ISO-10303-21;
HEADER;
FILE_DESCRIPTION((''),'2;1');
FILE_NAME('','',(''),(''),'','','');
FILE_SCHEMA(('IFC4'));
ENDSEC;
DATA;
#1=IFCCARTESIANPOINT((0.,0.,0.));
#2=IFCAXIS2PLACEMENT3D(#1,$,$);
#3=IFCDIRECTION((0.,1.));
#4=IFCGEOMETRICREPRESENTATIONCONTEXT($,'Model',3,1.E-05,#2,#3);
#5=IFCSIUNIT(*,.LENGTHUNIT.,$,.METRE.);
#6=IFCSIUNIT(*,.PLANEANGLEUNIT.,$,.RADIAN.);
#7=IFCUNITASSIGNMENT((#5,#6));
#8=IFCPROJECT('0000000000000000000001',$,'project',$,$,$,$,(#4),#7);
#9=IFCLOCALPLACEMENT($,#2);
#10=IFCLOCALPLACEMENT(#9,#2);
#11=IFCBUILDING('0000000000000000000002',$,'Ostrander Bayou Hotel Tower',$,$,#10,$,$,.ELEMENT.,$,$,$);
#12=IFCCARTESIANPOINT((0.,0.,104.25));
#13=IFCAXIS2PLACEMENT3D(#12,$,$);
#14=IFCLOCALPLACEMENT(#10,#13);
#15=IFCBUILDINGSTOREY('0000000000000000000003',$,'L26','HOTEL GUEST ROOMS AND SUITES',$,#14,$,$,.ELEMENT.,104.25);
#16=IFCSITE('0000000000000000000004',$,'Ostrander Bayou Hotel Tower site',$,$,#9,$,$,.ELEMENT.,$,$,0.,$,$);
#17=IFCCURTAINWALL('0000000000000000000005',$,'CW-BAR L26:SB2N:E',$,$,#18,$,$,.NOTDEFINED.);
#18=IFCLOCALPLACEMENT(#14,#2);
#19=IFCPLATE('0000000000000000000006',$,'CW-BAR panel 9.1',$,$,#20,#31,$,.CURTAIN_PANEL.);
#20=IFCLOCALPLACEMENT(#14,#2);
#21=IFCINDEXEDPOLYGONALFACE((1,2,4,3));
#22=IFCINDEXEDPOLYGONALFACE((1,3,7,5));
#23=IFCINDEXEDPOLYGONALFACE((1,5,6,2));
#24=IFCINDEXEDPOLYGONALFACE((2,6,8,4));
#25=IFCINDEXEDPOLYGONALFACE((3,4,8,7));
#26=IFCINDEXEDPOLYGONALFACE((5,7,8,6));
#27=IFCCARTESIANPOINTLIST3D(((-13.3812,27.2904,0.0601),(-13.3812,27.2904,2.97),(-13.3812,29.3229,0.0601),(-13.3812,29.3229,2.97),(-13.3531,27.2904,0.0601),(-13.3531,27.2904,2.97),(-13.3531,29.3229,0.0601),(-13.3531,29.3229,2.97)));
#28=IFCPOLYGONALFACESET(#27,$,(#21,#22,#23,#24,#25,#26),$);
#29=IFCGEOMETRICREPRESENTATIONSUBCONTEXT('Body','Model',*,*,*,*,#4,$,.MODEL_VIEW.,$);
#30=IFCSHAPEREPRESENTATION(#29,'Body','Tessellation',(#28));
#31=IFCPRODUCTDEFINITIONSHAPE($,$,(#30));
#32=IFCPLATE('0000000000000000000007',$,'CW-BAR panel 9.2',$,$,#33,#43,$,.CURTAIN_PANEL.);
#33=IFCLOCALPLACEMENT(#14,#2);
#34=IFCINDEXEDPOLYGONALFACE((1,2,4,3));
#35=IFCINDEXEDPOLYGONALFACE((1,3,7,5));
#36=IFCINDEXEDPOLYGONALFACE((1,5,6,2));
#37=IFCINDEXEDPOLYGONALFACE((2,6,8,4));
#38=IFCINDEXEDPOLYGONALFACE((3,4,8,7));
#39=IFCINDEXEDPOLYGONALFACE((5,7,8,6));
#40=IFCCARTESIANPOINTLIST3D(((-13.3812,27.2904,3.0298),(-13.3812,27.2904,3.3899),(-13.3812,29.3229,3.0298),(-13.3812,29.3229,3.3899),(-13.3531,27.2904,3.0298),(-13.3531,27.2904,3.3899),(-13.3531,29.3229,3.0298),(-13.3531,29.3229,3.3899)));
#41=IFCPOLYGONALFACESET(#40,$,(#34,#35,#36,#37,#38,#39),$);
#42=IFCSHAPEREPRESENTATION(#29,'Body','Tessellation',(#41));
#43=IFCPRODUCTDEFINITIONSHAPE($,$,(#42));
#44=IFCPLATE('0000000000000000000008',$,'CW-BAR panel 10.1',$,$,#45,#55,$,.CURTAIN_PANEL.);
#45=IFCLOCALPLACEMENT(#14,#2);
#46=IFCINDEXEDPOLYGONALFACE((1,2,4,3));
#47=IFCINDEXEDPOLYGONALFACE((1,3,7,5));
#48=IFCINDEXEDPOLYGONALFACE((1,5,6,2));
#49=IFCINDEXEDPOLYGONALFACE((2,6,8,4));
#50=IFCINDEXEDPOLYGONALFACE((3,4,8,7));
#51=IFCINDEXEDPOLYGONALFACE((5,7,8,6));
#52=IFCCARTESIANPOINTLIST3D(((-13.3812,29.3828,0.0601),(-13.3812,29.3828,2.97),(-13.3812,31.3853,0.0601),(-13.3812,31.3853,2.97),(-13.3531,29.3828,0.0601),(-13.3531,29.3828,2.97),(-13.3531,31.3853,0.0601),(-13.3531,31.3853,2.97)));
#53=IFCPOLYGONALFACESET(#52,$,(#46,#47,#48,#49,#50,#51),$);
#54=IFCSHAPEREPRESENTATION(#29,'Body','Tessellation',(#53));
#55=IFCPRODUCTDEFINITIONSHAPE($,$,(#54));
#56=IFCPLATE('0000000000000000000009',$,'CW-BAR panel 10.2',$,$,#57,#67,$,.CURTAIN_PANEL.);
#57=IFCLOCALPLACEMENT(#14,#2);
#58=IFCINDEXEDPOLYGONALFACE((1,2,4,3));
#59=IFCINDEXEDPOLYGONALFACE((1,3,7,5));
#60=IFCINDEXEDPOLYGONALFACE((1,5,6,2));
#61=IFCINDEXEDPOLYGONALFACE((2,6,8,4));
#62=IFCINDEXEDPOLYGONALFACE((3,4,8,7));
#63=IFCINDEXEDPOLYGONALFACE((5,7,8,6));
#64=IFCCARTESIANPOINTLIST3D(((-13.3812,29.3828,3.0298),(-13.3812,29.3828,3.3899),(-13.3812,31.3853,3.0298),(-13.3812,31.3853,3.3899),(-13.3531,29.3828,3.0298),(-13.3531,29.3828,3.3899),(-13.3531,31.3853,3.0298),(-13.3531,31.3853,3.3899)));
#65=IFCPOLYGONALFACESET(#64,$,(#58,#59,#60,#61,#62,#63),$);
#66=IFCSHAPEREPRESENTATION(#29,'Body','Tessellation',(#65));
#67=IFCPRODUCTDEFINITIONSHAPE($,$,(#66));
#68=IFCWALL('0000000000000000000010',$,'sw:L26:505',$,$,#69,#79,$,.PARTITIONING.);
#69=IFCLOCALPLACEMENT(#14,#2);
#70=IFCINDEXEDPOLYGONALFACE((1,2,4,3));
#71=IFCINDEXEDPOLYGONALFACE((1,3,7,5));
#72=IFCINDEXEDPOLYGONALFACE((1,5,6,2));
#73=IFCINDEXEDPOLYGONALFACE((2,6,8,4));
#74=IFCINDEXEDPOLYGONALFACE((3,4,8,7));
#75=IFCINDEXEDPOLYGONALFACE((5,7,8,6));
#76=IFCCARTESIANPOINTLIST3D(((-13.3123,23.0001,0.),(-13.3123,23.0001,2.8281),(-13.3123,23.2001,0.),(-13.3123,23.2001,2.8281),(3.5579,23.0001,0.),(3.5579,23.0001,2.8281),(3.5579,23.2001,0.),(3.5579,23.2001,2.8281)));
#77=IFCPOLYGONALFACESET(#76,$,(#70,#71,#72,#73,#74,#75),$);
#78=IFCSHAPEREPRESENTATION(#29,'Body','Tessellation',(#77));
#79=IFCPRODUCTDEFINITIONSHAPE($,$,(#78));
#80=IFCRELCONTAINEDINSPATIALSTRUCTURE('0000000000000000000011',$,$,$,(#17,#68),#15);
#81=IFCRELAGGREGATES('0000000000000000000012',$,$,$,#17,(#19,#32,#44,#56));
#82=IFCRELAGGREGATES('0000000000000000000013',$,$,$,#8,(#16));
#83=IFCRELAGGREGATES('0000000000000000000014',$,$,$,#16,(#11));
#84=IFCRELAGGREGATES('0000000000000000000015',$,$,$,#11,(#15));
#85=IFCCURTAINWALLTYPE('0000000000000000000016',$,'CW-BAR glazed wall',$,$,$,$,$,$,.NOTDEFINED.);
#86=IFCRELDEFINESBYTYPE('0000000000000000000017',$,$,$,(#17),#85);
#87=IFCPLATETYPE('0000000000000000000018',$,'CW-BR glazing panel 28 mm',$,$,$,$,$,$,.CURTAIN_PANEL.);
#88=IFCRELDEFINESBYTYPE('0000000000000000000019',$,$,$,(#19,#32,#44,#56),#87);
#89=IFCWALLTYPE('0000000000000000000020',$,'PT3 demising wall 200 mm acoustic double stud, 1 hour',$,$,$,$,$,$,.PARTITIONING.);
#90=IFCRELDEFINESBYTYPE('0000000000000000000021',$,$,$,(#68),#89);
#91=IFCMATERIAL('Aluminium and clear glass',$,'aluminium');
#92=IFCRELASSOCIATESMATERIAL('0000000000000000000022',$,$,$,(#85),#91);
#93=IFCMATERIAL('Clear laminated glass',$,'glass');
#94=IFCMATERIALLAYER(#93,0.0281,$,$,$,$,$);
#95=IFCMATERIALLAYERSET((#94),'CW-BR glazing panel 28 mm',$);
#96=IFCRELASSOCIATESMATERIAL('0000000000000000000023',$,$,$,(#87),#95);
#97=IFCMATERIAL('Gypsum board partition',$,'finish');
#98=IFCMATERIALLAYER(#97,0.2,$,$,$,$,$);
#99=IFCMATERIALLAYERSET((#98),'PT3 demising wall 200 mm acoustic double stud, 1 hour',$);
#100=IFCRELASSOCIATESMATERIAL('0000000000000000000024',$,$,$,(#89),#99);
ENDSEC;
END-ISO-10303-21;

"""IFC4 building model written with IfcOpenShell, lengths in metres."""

from ifc_helpers import new_model, si_unit, direction, frame, frame_2d, origin, origin_2d, place, context, subcontext, project, spatial, rectangle, extrude, material, layer, layer_set, type_object, element, aggregate, save


model = new_model("IFC4")

# Units and contexts
model_context = context("Model", 3, precision=1e-05, world=origin(), true_north=direction((0.0, 1.0)))
body_context = subcontext(model_context, "Body", "Model", "MODEL_VIEW")
ifc_project = project(units=[si_unit("LENGTHUNIT", "METRE"), si_unit("PLANEANGLEUNIT", "RADIAN")], contexts=[model_context])

# Site, building, storey
site_placement = place(None, origin())
site = spatial("IfcSite", under=ifc_project, at=site_placement, Name="Ostrander Bayou Hotel Tower site", CompositionType="ELEMENT", RefElevation=0.0)
building_placement = place(site_placement, origin())
building = spatial("IfcBuilding", under=site, at=building_placement, Name="Ostrander Bayou Hotel Tower", CompositionType="ELEMENT")
storey_placement = place(building_placement, frame((0.0, 0.0, 104.25)))
storey = spatial("IfcBuildingStorey", under=building, at=storey_placement, Name="L26", Description="HOTEL GUEST ROOMS AND SUITES", CompositionType="ELEMENT", Elevation=104.25)

# Curtain wall
ifc_material_1 = material(Name="Aluminium and clear glass", Category="aluminium")
curtain_wall_type = type_object("IfcCurtainWallType", Name="CW-BAR glazed wall", PredefinedType="NOTDEFINED", material=ifc_material_1)
curtain_wall_1_placement = place(storey_placement, origin())
curtain_wall_1 = element("IfcCurtainWall", 1, at=curtain_wall_1_placement, inside=storey, type_object=curtain_wall_type, Name="CW-BAR L26:SB2N:E", PredefinedType="NOTDEFINED")

# Plates
ifc_material_2 = material(Name="Clear laminated glass", Category="glass")
ifc_layer_1 = layer(ifc_material_2, 0.0281)
ifc_layer_set_1 = layer_set([ifc_layer_1], Name="CW-BR glazing panel 28 mm")
plate_type = type_object("IfcPlateType", Name="CW-BR glazing panel 28 mm", PredefinedType="CURTAIN_PANEL", material=ifc_layer_set_1)
plate_1_placement = place(storey_placement, frame((-13.3672, 28.3066, 0.0601), z_axis=(0.0, 0.0, 1.0), x_axis=(0.0, 1.0, 0.0)))
plate_1 = element("IfcPlate", 2, at=plate_1_placement, type_object=plate_type, Name="CW-BAR panel 9.1", PredefinedType="CURTAIN_PANEL", context=body_context, shape_type="SweptSolid", body=[
    extrude(rectangle(XDim=2.0325, YDim=0.0281, at=origin_2d()), origin(), (0.0, 0.0, 1.0), 2.9099),
])
plate_2_placement = place(storey_placement, frame((-13.3672, 28.3066, 3.0298), z_axis=(0.0, 0.0, 1.0), x_axis=(0.0, 1.0, 0.0)))
plate_2 = element("IfcPlate", 3, at=plate_2_placement, type_object=plate_type, Name="CW-BAR panel 9.2", PredefinedType="CURTAIN_PANEL", context=body_context, shape_type="SweptSolid", body=[
    extrude(rectangle(XDim=2.0325, YDim=0.0281, at=origin_2d()), origin(), (0.0, 0.0, 1.0), 0.3601),
])
plate_3_placement = place(storey_placement, frame((-13.3672, 30.384, 0.0601), z_axis=(0.0, 0.0, 1.0), x_axis=(0.0, 1.0, 0.0)))
plate_3 = element("IfcPlate", 4, at=plate_3_placement, type_object=plate_type, Name="CW-BAR panel 10.1", PredefinedType="CURTAIN_PANEL", context=body_context, shape_type="SweptSolid", body=[
    extrude(rectangle(XDim=2.0024, YDim=0.0281, at=origin_2d()), origin(), (0.0, 0.0, 1.0), 2.9099),
])
plate_4_placement = place(storey_placement, frame((-13.3672, 30.384, 3.0298), z_axis=(0.0, 0.0, 1.0), x_axis=(0.0, 1.0, 0.0)))
plate_4 = element("IfcPlate", 5, at=plate_4_placement, type_object=plate_type, Name="CW-BAR panel 10.2", PredefinedType="CURTAIN_PANEL", context=body_context, shape_type="SweptSolid", body=[
    extrude(rectangle(XDim=2.0024, YDim=0.0281, at=origin_2d()), origin(), (0.0, 0.0, 1.0), 0.3601),
])
aggregate(curtain_wall_1, [plate_1, plate_2, plate_3, plate_4])

# Wall
ifc_material_3 = material(Name="Gypsum board partition", Category="finish")
ifc_layer_2 = layer(ifc_material_3, 0.2)
ifc_layer_set_2 = layer_set([ifc_layer_2], Name="PT3 demising wall 200 mm acoustic double stud, 1 hour")
wall_type = type_object("IfcWallType", Name="PT3 demising wall 200 mm acoustic double stud, 1 hour", PredefinedType="PARTITIONING", material=ifc_layer_set_2)
wall_placement = place(storey_placement, frame((-13.3123, 23.1001, 0.0), z_axis=(0.0, 0.0, 1.0), x_axis=(1.0, 0.0, 0.0)))
element("IfcWall", 6, at=wall_placement, inside=storey, type_object=wall_type, Name="sw:L26:505", PredefinedType="PARTITIONING", context=body_context, shape_type="SweptSolid", body=[
    extrude(rectangle(XDim=16.8701, YDim=0.2, at=frame_2d((8.4351, 0.0))), origin(), (0.0, 0.0, 1.0), 2.8281),
])

save(model, "model.ifc")
